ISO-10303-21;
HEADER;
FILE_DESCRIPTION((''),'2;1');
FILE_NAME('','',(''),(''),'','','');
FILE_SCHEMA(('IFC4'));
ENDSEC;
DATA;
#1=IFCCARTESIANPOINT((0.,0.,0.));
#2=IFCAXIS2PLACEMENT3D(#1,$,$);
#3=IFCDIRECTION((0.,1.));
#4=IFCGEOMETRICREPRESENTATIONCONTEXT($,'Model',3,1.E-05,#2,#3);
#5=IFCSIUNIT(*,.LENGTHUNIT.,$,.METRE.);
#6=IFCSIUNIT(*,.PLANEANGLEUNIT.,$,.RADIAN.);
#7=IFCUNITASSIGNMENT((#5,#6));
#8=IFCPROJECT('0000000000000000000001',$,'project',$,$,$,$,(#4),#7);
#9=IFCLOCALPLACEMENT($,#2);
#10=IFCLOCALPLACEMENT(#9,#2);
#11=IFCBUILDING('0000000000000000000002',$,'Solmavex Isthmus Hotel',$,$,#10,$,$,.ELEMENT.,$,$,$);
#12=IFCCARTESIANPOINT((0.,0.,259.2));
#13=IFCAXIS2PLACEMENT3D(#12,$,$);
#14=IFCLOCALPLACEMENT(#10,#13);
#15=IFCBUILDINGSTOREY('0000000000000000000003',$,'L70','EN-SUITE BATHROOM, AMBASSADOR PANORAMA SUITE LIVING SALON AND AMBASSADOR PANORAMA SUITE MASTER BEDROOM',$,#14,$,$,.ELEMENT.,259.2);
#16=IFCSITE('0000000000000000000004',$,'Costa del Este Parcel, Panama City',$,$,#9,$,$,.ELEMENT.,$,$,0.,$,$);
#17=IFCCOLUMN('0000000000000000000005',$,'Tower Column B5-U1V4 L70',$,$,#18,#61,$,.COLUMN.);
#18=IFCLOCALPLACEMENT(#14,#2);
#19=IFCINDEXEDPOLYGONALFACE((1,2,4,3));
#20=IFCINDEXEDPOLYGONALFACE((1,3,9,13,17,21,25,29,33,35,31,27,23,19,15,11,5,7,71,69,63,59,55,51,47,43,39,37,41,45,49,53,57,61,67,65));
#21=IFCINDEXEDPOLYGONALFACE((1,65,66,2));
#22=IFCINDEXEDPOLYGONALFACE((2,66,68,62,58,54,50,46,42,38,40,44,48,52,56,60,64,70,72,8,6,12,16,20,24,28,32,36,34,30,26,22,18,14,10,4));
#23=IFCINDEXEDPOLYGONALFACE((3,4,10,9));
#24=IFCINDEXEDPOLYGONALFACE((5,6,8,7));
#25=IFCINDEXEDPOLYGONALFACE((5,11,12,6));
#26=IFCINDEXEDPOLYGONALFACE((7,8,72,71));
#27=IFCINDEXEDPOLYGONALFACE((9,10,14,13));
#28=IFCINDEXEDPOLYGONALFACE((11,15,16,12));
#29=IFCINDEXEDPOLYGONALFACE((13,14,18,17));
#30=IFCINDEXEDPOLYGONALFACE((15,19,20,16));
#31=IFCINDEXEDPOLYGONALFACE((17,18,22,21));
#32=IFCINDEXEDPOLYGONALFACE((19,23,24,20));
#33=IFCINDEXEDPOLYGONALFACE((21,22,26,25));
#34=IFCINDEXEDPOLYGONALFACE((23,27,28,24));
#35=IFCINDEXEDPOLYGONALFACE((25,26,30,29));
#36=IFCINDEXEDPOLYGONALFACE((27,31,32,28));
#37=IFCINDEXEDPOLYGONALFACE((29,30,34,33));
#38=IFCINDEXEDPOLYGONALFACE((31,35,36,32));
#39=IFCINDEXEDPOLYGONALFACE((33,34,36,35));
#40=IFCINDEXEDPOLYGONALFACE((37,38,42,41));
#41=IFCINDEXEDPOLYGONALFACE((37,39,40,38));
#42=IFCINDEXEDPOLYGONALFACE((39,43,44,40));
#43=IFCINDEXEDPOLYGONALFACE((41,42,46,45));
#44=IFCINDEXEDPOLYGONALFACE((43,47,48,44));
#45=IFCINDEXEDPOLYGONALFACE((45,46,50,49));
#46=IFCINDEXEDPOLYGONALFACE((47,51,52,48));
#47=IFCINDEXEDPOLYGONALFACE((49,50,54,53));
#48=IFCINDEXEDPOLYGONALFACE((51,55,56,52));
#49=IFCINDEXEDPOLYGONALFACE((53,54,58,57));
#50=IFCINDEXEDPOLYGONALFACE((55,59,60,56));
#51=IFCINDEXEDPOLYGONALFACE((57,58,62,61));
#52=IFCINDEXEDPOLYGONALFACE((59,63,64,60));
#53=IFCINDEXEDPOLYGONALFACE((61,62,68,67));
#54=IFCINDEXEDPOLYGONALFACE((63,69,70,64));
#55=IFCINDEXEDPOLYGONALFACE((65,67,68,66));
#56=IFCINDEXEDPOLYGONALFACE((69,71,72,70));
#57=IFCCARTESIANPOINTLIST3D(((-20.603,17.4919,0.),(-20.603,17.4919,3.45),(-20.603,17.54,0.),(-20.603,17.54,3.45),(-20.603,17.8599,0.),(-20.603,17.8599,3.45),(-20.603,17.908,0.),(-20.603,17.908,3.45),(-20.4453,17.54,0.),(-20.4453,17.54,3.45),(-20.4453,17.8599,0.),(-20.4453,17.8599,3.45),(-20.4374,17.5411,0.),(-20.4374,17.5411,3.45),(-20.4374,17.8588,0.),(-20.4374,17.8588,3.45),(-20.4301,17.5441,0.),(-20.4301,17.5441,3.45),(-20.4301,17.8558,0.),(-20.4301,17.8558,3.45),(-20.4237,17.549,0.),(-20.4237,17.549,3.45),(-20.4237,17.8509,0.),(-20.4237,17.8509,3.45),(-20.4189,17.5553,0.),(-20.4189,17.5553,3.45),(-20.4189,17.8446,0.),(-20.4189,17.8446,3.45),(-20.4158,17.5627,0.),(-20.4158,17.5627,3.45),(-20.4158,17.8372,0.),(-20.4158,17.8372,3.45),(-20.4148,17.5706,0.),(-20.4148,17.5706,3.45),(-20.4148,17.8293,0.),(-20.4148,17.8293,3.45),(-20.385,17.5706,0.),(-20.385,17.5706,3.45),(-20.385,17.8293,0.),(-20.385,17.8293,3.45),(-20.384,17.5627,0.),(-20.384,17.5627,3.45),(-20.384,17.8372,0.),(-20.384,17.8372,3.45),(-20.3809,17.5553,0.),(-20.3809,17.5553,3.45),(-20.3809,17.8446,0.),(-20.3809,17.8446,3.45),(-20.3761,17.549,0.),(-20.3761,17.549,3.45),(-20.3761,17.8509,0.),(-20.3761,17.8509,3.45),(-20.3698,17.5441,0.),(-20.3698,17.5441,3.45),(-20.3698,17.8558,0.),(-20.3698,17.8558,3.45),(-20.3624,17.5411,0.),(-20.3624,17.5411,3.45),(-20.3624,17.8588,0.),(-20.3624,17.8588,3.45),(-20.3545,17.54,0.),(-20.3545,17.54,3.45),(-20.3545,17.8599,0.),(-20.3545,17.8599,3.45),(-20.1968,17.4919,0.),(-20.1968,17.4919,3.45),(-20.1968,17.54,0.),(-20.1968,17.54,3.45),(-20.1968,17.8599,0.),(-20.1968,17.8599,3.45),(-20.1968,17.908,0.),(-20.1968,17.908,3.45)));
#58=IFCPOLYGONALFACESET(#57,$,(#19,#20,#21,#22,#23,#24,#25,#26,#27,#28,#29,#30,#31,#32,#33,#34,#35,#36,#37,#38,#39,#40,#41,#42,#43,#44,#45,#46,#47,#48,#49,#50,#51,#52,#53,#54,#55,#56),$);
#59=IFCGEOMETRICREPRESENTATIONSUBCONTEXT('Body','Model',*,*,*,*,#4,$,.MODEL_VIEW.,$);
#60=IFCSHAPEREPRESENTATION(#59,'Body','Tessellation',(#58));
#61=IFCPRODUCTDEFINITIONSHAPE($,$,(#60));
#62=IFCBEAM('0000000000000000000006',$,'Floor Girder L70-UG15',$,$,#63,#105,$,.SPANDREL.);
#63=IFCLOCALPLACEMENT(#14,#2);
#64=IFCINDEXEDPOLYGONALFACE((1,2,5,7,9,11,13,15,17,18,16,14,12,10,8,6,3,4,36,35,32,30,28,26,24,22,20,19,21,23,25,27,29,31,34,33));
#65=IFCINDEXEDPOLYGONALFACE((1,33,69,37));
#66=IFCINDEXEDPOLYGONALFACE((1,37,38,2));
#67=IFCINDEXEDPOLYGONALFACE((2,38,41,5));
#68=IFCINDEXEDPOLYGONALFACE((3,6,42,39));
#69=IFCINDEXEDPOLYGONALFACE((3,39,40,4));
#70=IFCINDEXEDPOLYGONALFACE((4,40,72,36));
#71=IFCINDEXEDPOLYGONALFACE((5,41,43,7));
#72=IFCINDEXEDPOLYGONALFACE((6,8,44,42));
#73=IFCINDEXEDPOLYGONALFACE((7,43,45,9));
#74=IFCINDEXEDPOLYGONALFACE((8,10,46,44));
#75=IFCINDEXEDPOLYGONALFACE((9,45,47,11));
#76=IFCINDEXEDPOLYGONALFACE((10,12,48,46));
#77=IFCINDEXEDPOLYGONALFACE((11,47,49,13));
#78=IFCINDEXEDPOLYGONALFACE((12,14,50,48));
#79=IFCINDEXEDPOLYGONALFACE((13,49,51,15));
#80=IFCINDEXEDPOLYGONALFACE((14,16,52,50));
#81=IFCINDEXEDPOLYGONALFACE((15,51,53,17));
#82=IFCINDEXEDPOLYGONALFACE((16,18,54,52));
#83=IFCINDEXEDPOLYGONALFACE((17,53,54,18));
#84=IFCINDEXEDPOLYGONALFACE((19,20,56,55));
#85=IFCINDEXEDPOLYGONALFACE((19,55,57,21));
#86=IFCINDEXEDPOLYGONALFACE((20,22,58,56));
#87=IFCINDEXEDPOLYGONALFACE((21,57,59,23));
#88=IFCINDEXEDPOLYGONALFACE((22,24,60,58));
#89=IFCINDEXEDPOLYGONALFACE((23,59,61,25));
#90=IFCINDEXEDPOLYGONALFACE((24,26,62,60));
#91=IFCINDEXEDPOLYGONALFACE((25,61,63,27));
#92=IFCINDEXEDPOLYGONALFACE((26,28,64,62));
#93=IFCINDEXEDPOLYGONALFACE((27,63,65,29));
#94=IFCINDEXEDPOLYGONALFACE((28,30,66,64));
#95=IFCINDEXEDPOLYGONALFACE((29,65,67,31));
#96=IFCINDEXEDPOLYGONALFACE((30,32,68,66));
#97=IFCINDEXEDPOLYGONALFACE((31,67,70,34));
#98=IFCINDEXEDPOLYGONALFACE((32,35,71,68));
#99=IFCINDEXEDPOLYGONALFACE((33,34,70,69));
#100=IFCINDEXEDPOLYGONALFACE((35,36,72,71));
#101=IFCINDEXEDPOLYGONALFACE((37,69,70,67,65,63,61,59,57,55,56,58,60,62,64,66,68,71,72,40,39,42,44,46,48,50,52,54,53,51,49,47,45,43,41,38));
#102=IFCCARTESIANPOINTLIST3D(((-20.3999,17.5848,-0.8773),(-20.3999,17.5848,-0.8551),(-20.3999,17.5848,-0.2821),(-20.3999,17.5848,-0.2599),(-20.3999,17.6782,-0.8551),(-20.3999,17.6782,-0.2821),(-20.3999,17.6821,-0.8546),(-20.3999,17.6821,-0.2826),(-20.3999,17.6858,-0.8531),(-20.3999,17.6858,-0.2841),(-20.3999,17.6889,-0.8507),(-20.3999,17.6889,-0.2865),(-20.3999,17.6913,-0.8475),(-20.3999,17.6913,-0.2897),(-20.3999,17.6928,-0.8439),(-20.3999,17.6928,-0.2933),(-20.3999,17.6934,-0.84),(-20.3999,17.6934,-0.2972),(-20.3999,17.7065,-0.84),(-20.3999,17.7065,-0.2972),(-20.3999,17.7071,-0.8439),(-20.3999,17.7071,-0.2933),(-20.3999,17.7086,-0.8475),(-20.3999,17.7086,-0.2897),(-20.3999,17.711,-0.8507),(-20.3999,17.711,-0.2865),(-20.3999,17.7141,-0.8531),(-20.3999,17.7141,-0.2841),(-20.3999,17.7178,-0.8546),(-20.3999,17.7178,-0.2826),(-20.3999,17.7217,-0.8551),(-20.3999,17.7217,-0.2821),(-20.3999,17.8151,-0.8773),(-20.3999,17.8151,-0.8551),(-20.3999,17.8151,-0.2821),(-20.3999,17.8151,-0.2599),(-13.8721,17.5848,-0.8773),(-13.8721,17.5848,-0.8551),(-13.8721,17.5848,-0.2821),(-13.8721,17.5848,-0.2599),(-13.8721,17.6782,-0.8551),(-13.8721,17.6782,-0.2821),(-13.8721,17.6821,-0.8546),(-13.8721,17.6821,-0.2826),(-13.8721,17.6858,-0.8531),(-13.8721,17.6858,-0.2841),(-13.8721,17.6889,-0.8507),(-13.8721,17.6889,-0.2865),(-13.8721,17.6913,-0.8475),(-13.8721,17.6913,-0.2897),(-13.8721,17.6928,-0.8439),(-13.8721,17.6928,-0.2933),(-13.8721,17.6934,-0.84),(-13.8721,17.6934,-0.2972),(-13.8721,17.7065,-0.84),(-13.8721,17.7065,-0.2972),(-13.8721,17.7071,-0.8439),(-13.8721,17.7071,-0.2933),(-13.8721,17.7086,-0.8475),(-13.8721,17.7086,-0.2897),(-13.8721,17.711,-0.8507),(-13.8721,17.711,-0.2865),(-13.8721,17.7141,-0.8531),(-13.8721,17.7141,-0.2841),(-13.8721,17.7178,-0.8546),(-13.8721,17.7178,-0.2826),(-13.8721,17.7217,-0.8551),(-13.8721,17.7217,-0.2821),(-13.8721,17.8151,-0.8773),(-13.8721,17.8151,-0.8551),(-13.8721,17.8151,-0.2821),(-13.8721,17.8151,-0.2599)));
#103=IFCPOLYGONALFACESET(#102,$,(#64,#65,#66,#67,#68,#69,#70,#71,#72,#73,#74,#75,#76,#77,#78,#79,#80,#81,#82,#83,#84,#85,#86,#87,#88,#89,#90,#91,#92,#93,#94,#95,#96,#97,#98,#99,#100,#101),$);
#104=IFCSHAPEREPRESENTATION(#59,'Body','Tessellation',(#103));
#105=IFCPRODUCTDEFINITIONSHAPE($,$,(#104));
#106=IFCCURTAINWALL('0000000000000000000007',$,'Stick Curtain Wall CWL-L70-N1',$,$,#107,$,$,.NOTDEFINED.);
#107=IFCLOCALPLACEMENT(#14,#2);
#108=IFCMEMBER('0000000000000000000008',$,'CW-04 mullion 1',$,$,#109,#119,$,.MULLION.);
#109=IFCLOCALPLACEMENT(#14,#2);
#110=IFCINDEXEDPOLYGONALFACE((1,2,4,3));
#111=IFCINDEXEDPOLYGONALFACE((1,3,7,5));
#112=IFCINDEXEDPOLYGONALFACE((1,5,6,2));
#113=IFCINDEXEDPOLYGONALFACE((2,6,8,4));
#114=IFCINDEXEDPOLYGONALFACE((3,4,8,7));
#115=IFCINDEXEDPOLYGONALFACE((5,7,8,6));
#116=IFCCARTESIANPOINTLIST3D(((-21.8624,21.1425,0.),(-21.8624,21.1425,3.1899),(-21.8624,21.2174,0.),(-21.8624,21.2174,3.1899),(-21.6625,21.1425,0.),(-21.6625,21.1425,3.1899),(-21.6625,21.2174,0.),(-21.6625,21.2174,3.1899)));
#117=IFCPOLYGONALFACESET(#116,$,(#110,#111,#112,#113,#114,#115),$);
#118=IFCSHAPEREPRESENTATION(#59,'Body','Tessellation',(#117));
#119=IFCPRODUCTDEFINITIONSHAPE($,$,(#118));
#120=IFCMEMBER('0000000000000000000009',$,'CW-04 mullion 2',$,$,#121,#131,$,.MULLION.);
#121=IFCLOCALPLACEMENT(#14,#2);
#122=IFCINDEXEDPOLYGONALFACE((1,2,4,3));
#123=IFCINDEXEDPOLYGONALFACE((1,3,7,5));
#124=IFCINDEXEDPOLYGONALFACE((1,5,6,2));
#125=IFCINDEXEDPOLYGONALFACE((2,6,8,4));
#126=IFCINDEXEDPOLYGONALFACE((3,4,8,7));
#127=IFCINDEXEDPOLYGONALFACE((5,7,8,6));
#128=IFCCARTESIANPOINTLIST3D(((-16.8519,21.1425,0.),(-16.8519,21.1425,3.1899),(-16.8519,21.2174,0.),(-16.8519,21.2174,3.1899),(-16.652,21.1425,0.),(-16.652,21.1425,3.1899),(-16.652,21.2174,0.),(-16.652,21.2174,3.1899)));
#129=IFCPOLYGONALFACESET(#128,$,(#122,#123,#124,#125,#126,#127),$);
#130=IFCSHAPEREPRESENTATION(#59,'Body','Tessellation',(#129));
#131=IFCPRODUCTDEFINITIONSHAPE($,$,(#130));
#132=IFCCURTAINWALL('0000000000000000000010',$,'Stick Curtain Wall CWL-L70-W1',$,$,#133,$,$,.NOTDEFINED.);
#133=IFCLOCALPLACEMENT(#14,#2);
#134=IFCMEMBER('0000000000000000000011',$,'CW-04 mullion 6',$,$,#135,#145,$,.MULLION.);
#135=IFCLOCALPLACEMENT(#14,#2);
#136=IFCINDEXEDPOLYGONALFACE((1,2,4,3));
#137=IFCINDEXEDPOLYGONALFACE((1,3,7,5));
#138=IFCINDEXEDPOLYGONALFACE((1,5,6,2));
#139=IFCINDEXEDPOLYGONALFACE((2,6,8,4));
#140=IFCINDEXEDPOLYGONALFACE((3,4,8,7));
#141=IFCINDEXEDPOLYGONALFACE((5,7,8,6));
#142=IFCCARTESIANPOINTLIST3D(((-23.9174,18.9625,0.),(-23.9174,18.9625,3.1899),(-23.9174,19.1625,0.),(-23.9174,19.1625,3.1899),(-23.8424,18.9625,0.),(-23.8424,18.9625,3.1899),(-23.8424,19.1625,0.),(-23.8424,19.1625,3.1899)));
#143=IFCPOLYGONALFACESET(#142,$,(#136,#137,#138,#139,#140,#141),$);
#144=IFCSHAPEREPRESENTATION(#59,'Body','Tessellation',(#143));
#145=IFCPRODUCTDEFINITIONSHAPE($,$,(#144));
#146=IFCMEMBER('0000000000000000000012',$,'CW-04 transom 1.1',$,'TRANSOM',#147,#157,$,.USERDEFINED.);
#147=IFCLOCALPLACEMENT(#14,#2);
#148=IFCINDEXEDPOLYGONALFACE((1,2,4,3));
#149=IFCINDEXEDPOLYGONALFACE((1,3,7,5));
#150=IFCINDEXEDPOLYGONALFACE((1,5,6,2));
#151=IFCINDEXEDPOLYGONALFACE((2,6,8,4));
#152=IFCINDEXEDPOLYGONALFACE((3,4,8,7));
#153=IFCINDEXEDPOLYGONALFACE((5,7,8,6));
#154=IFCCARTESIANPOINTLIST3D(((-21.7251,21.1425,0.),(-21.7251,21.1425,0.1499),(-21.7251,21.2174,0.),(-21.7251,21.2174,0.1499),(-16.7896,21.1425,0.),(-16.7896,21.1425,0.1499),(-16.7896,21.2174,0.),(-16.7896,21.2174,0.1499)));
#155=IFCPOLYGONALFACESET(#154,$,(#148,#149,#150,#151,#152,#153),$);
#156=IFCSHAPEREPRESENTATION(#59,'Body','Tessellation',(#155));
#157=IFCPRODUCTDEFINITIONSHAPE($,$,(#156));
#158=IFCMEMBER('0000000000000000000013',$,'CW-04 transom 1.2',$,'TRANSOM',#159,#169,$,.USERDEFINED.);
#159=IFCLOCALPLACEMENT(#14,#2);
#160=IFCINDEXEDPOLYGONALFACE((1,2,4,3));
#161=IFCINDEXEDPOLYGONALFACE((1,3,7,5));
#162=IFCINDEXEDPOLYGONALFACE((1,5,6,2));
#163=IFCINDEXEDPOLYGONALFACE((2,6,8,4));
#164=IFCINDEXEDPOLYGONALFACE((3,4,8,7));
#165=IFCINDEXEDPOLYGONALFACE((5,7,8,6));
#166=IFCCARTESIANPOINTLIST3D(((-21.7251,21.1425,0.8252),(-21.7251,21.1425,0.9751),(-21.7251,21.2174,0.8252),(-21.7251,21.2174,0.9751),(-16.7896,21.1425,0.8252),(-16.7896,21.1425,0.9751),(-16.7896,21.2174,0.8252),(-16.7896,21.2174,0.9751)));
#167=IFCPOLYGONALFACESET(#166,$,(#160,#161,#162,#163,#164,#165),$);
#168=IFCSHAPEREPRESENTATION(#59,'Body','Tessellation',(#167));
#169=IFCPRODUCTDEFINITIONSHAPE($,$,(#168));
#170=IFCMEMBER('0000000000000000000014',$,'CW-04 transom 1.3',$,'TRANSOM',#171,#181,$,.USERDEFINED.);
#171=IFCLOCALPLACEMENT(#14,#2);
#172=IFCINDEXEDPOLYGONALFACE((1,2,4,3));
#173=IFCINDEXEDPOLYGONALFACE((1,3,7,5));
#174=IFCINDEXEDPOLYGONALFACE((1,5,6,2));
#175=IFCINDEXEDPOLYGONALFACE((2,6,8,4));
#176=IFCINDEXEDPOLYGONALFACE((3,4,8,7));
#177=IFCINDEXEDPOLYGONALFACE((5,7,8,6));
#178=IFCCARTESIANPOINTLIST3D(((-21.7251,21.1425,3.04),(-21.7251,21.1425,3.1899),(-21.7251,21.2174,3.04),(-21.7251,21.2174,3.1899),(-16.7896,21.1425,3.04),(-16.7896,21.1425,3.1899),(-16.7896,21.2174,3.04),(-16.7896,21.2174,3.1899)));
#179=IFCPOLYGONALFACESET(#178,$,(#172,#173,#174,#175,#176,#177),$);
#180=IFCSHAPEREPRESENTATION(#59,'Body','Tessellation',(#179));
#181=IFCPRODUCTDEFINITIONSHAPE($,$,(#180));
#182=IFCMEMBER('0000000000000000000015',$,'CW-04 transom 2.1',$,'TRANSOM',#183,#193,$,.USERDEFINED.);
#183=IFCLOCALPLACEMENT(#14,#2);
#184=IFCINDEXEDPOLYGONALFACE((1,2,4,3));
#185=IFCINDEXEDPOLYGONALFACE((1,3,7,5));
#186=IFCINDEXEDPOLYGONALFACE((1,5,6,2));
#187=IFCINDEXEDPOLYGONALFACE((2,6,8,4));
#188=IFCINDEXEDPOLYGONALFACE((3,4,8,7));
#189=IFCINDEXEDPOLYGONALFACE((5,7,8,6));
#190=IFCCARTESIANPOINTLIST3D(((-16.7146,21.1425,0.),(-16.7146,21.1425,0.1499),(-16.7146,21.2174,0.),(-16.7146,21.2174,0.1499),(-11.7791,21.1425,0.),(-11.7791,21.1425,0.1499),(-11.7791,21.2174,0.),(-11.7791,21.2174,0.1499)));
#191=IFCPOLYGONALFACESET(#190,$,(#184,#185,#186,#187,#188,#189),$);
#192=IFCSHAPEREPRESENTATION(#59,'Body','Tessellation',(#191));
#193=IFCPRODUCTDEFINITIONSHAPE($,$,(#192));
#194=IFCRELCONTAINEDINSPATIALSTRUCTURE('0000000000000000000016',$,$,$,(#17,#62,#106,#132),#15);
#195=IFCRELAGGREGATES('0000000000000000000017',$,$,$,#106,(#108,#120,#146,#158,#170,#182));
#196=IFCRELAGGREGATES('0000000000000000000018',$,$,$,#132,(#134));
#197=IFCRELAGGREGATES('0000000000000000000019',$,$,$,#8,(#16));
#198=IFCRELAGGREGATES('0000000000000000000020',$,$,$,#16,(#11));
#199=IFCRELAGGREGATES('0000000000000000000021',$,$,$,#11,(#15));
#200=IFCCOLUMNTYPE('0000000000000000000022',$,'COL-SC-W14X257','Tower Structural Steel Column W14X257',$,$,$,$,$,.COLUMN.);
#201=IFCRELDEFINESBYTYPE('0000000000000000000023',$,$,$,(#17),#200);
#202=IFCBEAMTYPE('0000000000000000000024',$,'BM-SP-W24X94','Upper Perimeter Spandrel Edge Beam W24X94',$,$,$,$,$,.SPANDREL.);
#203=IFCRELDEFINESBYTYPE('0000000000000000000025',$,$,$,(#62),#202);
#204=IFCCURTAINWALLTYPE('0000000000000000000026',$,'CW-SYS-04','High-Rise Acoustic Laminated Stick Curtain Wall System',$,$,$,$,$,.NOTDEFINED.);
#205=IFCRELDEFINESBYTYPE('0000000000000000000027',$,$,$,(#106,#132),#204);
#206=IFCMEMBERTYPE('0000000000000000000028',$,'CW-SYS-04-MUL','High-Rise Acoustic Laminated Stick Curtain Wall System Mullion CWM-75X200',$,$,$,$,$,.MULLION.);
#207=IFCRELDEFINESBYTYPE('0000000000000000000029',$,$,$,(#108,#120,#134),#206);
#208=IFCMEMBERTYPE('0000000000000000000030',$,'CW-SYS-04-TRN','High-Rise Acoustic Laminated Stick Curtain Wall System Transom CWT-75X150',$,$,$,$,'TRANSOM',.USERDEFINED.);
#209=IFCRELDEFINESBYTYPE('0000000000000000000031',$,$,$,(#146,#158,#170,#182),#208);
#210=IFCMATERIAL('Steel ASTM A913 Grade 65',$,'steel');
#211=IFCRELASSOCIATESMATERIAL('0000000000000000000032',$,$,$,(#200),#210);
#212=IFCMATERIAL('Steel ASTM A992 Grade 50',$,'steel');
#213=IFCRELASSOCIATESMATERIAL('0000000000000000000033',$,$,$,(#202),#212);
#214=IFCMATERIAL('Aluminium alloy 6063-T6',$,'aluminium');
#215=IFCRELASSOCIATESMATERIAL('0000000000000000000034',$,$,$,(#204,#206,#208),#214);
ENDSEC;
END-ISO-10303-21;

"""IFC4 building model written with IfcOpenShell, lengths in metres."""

from ifc_helpers import new_model, si_unit, direction, frame, origin, origin_2d, place, context, subcontext, project, spatial, rectangle, i_section, extrude, material, material_profile, profile_set, type_object, element, aggregate, save


model = new_model("IFC4")

# Units and contexts
model_context = context("Model", 3, precision=1e-05, world=origin(), true_north=direction((0.0, 1.0)))
body_context = subcontext(model_context, "Body", "Model", "MODEL_VIEW")
ifc_project = project(units=[si_unit("LENGTHUNIT", "METRE"), si_unit("PLANEANGLEUNIT", "RADIAN")], contexts=[model_context])

# Site, building, storey
site_placement = place(None, origin())
site = spatial("IfcSite", under=ifc_project, at=site_placement, Name="Costa del Este Parcel, Panama City", CompositionType="ELEMENT", RefElevation=0.0)
building_placement = place(site_placement, origin())
building = spatial("IfcBuilding", under=site, at=building_placement, Name="Solmavex Isthmus Hotel", CompositionType="ELEMENT")
storey_placement = place(building_placement, frame((0.0, 0.0, 259.2)))
storey = spatial("IfcBuildingStorey", under=building, at=storey_placement, Name="L70", Description="EN-SUITE BATHROOM, AMBASSADOR PANORAMA SUITE LIVING SALON AND AMBASSADOR PANORAMA SUITE MASTER BEDROOM", CompositionType="ELEMENT", Elevation=259.2)

# Column
ifc_material_1 = material(Name="Steel ASTM A913 Grade 65", Category="steel")
ifc_material_profile_1 = material_profile(ifc_material_1, i_section(OverallWidth=0.4062, OverallDepth=0.416, WebThickness=0.0298, FlangeThickness=0.0481, FilletRadius=0.0305, at=origin_2d()), Name="W14X257")
ifc_profile_set_1 = profile_set([ifc_material_profile_1], Name="Steel ASTM A913 Grade 65")
column_type = type_object("IfcColumnType", Name="COL-SC-W14X257", Description="Tower Structural Steel Column W14X257", PredefinedType="COLUMN", material=ifc_profile_set_1)
column_placement = place(storey_placement, frame((-20.3999, 17.7, 0.0), z_axis=(0.0, 0.0, 1.0), x_axis=(1.0, 0.0, 0.0)))
element("IfcColumn", 1, at=column_placement, inside=storey, type_object=column_type, Name="Tower Column B5-U1V4 L70", PredefinedType="COLUMN", context=body_context, shape_type="SweptSolid", body=[
    extrude(i_section(OverallWidth=0.4062, OverallDepth=0.416, WebThickness=0.0298, FlangeThickness=0.0481, FilletRadius=0.0305, at=origin_2d()), origin(), (0.0, 0.0, 1.0), 3.45),
])

# Beam
ifc_material_2 = material(Name="Steel ASTM A992 Grade 50", Category="steel")
ifc_material_profile_2 = material_profile(ifc_material_2, i_section(OverallWidth=0.2302, OverallDepth=0.6174, WebThickness=0.0132, FlangeThickness=0.0222, FilletRadius=0.0151, at=origin_2d()), Name="W24X94")
ifc_profile_set_2 = profile_set([ifc_material_profile_2], Name="Steel ASTM A992 Grade 50")
beam_type = type_object("IfcBeamType", Name="BM-SP-W24X94", Description="Upper Perimeter Spandrel Edge Beam W24X94", PredefinedType="SPANDREL", material=ifc_profile_set_2)
beam_placement = place(storey_placement, frame((-20.3999, 17.7, -0.5686), z_axis=(1.0, 0.0, 0.0), x_axis=(0.0, 1.0, 0.0)))
element("IfcBeam", 2, at=beam_placement, inside=storey, type_object=beam_type, Name="Floor Girder L70-UG15", PredefinedType="SPANDREL", context=body_context, shape_type="SweptSolid", body=[
    extrude(i_section(OverallWidth=0.2302, OverallDepth=0.6174, WebThickness=0.0132, FlangeThickness=0.0222, FilletRadius=0.0151, at=origin_2d()), origin(), (0.0, 0.0, 1.0), 6.5278),
])

# Curtain wall, members
ifc_material_3 = material(Name="Aluminium alloy 6063-T6", Category="aluminium")
curtain_wall_type = type_object("IfcCurtainWallType", Name="CW-SYS-04", Description="High-Rise Acoustic Laminated Stick Curtain Wall System", PredefinedType="NOTDEFINED", material=ifc_material_3)
curtain_wall_1_placement = place(storey_placement, origin())
curtain_wall_1 = element("IfcCurtainWall", 3, at=curtain_wall_1_placement, inside=storey, type_object=curtain_wall_type, Name="Stick Curtain Wall CWL-L70-N1", PredefinedType="NOTDEFINED")
ifc_material_profile_3 = material_profile(ifc_material_3, rectangle(XDim=0.075, YDim=0.2, at=origin_2d()), Name="CWM-75X200")
ifc_profile_set_3 = profile_set([ifc_material_profile_3], Name="Aluminium alloy 6063-T6")
member_type_1 = type_object("IfcMemberType", Name="CW-SYS-04-MUL", Description="High-Rise Acoustic Laminated Stick Curtain Wall System Mullion CWM-75X200", PredefinedType="MULLION", material=ifc_profile_set_3)
member_1_placement = place(storey_placement, frame((-21.7625, 21.1799, 0.0), z_axis=(0.0, 0.0, 1.0), x_axis=(0.0, 1.0, 0.0)))
member_1 = element("IfcMember", 4, at=member_1_placement, type_object=member_type_1, Name="CW-04 mullion 1", PredefinedType="MULLION", context=body_context, shape_type="SweptSolid", body=[
    extrude(rectangle(XDim=0.075, YDim=0.2, at=origin_2d()), origin(), (0.0, 0.0, 1.0), 3.1899),
])
member_2_placement = place(storey_placement, frame((-16.752, 21.1799, 0.0), z_axis=(0.0, 0.0, 1.0), x_axis=(0.0, 1.0, 0.0)))
member_2 = element("IfcMember", 5, at=member_2_placement, type_object=member_type_1, Name="CW-04 mullion 2", PredefinedType="MULLION", context=body_context, shape_type="SweptSolid", body=[
    extrude(rectangle(XDim=0.075, YDim=0.2, at=origin_2d()), origin(), (0.0, 0.0, 1.0), 3.1899),
])

# Curtain wall, member
curtain_wall_2_placement = place(storey_placement, origin())
curtain_wall_2 = element("IfcCurtainWall", 6, at=curtain_wall_2_placement, inside=storey, type_object=curtain_wall_type, Name="Stick Curtain Wall CWL-L70-W1", PredefinedType="NOTDEFINED")
member_3_placement = place(storey_placement, frame((-23.8799, 19.0625, 0.0), z_axis=(0.0, 0.0, 1.0), x_axis=(-1.0, 0.0, 0.0)))
member_3 = element("IfcMember", 7, at=member_3_placement, type_object=member_type_1, Name="CW-04 mullion 6", PredefinedType="MULLION", context=body_context, shape_type="SweptSolid", body=[
    extrude(rectangle(XDim=0.075, YDim=0.2, at=origin_2d()), origin(), (0.0, 0.0, 1.0), 3.1899),
])

# Members
ifc_material_profile_4 = material_profile(ifc_material_3, rectangle(XDim=0.075, YDim=0.1499, at=origin_2d()), Name="CWT-75X150")
ifc_profile_set_4 = profile_set([ifc_material_profile_4], Name="Aluminium alloy 6063-T6")
member_type_2 = type_object("IfcMemberType", Name="CW-SYS-04-TRN", Description="High-Rise Acoustic Laminated Stick Curtain Wall System Transom CWT-75X150", ElementType="TRANSOM", PredefinedType="USERDEFINED", material=ifc_profile_set_4)
member_4_placement = place(storey_placement, frame((-21.7251, 21.1799, 0.075), z_axis=(1.0, 0.0, 0.0), x_axis=(0.0, 1.0, 0.0)))
member_4 = element("IfcMember", 8, at=member_4_placement, type_object=member_type_2, Name="CW-04 transom 1.1", ObjectType="TRANSOM", PredefinedType="USERDEFINED", context=body_context, shape_type="SweptSolid", body=[
    extrude(rectangle(XDim=0.075, YDim=0.1499, at=origin_2d()), origin(), (0.0, 0.0, 1.0), 4.9355),
])
member_5_placement = place(storey_placement, frame((-21.7251, 21.1799, 0.9001), z_axis=(1.0, 0.0, 0.0), x_axis=(0.0, 1.0, 0.0)))
member_5 = element("IfcMember", 9, at=member_5_placement, type_object=member_type_2, Name="CW-04 transom 1.2", ObjectType="TRANSOM", PredefinedType="USERDEFINED", context=body_context, shape_type="SweptSolid", body=[
    extrude(rectangle(XDim=0.075, YDim=0.1499, at=origin_2d()), origin(), (0.0, 0.0, 1.0), 4.9355),
])
member_6_placement = place(storey_placement, frame((-21.7251, 21.1799, 3.115), z_axis=(1.0, 0.0, 0.0), x_axis=(0.0, 1.0, 0.0)))
member_6 = element("IfcMember", 10, at=member_6_placement, type_object=member_type_2, Name="CW-04 transom 1.3", ObjectType="TRANSOM", PredefinedType="USERDEFINED", context=body_context, shape_type="SweptSolid", body=[
    extrude(rectangle(XDim=0.075, YDim=0.1499, at=origin_2d()), origin(), (0.0, 0.0, 1.0), 4.9355),
])
member_7_placement = place(storey_placement, frame((-16.7146, 21.1799, 0.075), z_axis=(1.0, 0.0, 0.0), x_axis=(0.0, 1.0, 0.0)))
member_7 = element("IfcMember", 11, at=member_7_placement, type_object=member_type_2, Name="CW-04 transom 2.1", ObjectType="TRANSOM", PredefinedType="USERDEFINED", context=body_context, shape_type="SweptSolid", body=[
    extrude(rectangle(XDim=0.075, YDim=0.1499, at=origin_2d()), origin(), (0.0, 0.0, 1.0), 4.9355),
])

aggregate(curtain_wall_1, [member_1, member_2, member_4, member_5, member_6, member_7])
aggregate(curtain_wall_2, [member_3])

save(model, "model.ifc")
